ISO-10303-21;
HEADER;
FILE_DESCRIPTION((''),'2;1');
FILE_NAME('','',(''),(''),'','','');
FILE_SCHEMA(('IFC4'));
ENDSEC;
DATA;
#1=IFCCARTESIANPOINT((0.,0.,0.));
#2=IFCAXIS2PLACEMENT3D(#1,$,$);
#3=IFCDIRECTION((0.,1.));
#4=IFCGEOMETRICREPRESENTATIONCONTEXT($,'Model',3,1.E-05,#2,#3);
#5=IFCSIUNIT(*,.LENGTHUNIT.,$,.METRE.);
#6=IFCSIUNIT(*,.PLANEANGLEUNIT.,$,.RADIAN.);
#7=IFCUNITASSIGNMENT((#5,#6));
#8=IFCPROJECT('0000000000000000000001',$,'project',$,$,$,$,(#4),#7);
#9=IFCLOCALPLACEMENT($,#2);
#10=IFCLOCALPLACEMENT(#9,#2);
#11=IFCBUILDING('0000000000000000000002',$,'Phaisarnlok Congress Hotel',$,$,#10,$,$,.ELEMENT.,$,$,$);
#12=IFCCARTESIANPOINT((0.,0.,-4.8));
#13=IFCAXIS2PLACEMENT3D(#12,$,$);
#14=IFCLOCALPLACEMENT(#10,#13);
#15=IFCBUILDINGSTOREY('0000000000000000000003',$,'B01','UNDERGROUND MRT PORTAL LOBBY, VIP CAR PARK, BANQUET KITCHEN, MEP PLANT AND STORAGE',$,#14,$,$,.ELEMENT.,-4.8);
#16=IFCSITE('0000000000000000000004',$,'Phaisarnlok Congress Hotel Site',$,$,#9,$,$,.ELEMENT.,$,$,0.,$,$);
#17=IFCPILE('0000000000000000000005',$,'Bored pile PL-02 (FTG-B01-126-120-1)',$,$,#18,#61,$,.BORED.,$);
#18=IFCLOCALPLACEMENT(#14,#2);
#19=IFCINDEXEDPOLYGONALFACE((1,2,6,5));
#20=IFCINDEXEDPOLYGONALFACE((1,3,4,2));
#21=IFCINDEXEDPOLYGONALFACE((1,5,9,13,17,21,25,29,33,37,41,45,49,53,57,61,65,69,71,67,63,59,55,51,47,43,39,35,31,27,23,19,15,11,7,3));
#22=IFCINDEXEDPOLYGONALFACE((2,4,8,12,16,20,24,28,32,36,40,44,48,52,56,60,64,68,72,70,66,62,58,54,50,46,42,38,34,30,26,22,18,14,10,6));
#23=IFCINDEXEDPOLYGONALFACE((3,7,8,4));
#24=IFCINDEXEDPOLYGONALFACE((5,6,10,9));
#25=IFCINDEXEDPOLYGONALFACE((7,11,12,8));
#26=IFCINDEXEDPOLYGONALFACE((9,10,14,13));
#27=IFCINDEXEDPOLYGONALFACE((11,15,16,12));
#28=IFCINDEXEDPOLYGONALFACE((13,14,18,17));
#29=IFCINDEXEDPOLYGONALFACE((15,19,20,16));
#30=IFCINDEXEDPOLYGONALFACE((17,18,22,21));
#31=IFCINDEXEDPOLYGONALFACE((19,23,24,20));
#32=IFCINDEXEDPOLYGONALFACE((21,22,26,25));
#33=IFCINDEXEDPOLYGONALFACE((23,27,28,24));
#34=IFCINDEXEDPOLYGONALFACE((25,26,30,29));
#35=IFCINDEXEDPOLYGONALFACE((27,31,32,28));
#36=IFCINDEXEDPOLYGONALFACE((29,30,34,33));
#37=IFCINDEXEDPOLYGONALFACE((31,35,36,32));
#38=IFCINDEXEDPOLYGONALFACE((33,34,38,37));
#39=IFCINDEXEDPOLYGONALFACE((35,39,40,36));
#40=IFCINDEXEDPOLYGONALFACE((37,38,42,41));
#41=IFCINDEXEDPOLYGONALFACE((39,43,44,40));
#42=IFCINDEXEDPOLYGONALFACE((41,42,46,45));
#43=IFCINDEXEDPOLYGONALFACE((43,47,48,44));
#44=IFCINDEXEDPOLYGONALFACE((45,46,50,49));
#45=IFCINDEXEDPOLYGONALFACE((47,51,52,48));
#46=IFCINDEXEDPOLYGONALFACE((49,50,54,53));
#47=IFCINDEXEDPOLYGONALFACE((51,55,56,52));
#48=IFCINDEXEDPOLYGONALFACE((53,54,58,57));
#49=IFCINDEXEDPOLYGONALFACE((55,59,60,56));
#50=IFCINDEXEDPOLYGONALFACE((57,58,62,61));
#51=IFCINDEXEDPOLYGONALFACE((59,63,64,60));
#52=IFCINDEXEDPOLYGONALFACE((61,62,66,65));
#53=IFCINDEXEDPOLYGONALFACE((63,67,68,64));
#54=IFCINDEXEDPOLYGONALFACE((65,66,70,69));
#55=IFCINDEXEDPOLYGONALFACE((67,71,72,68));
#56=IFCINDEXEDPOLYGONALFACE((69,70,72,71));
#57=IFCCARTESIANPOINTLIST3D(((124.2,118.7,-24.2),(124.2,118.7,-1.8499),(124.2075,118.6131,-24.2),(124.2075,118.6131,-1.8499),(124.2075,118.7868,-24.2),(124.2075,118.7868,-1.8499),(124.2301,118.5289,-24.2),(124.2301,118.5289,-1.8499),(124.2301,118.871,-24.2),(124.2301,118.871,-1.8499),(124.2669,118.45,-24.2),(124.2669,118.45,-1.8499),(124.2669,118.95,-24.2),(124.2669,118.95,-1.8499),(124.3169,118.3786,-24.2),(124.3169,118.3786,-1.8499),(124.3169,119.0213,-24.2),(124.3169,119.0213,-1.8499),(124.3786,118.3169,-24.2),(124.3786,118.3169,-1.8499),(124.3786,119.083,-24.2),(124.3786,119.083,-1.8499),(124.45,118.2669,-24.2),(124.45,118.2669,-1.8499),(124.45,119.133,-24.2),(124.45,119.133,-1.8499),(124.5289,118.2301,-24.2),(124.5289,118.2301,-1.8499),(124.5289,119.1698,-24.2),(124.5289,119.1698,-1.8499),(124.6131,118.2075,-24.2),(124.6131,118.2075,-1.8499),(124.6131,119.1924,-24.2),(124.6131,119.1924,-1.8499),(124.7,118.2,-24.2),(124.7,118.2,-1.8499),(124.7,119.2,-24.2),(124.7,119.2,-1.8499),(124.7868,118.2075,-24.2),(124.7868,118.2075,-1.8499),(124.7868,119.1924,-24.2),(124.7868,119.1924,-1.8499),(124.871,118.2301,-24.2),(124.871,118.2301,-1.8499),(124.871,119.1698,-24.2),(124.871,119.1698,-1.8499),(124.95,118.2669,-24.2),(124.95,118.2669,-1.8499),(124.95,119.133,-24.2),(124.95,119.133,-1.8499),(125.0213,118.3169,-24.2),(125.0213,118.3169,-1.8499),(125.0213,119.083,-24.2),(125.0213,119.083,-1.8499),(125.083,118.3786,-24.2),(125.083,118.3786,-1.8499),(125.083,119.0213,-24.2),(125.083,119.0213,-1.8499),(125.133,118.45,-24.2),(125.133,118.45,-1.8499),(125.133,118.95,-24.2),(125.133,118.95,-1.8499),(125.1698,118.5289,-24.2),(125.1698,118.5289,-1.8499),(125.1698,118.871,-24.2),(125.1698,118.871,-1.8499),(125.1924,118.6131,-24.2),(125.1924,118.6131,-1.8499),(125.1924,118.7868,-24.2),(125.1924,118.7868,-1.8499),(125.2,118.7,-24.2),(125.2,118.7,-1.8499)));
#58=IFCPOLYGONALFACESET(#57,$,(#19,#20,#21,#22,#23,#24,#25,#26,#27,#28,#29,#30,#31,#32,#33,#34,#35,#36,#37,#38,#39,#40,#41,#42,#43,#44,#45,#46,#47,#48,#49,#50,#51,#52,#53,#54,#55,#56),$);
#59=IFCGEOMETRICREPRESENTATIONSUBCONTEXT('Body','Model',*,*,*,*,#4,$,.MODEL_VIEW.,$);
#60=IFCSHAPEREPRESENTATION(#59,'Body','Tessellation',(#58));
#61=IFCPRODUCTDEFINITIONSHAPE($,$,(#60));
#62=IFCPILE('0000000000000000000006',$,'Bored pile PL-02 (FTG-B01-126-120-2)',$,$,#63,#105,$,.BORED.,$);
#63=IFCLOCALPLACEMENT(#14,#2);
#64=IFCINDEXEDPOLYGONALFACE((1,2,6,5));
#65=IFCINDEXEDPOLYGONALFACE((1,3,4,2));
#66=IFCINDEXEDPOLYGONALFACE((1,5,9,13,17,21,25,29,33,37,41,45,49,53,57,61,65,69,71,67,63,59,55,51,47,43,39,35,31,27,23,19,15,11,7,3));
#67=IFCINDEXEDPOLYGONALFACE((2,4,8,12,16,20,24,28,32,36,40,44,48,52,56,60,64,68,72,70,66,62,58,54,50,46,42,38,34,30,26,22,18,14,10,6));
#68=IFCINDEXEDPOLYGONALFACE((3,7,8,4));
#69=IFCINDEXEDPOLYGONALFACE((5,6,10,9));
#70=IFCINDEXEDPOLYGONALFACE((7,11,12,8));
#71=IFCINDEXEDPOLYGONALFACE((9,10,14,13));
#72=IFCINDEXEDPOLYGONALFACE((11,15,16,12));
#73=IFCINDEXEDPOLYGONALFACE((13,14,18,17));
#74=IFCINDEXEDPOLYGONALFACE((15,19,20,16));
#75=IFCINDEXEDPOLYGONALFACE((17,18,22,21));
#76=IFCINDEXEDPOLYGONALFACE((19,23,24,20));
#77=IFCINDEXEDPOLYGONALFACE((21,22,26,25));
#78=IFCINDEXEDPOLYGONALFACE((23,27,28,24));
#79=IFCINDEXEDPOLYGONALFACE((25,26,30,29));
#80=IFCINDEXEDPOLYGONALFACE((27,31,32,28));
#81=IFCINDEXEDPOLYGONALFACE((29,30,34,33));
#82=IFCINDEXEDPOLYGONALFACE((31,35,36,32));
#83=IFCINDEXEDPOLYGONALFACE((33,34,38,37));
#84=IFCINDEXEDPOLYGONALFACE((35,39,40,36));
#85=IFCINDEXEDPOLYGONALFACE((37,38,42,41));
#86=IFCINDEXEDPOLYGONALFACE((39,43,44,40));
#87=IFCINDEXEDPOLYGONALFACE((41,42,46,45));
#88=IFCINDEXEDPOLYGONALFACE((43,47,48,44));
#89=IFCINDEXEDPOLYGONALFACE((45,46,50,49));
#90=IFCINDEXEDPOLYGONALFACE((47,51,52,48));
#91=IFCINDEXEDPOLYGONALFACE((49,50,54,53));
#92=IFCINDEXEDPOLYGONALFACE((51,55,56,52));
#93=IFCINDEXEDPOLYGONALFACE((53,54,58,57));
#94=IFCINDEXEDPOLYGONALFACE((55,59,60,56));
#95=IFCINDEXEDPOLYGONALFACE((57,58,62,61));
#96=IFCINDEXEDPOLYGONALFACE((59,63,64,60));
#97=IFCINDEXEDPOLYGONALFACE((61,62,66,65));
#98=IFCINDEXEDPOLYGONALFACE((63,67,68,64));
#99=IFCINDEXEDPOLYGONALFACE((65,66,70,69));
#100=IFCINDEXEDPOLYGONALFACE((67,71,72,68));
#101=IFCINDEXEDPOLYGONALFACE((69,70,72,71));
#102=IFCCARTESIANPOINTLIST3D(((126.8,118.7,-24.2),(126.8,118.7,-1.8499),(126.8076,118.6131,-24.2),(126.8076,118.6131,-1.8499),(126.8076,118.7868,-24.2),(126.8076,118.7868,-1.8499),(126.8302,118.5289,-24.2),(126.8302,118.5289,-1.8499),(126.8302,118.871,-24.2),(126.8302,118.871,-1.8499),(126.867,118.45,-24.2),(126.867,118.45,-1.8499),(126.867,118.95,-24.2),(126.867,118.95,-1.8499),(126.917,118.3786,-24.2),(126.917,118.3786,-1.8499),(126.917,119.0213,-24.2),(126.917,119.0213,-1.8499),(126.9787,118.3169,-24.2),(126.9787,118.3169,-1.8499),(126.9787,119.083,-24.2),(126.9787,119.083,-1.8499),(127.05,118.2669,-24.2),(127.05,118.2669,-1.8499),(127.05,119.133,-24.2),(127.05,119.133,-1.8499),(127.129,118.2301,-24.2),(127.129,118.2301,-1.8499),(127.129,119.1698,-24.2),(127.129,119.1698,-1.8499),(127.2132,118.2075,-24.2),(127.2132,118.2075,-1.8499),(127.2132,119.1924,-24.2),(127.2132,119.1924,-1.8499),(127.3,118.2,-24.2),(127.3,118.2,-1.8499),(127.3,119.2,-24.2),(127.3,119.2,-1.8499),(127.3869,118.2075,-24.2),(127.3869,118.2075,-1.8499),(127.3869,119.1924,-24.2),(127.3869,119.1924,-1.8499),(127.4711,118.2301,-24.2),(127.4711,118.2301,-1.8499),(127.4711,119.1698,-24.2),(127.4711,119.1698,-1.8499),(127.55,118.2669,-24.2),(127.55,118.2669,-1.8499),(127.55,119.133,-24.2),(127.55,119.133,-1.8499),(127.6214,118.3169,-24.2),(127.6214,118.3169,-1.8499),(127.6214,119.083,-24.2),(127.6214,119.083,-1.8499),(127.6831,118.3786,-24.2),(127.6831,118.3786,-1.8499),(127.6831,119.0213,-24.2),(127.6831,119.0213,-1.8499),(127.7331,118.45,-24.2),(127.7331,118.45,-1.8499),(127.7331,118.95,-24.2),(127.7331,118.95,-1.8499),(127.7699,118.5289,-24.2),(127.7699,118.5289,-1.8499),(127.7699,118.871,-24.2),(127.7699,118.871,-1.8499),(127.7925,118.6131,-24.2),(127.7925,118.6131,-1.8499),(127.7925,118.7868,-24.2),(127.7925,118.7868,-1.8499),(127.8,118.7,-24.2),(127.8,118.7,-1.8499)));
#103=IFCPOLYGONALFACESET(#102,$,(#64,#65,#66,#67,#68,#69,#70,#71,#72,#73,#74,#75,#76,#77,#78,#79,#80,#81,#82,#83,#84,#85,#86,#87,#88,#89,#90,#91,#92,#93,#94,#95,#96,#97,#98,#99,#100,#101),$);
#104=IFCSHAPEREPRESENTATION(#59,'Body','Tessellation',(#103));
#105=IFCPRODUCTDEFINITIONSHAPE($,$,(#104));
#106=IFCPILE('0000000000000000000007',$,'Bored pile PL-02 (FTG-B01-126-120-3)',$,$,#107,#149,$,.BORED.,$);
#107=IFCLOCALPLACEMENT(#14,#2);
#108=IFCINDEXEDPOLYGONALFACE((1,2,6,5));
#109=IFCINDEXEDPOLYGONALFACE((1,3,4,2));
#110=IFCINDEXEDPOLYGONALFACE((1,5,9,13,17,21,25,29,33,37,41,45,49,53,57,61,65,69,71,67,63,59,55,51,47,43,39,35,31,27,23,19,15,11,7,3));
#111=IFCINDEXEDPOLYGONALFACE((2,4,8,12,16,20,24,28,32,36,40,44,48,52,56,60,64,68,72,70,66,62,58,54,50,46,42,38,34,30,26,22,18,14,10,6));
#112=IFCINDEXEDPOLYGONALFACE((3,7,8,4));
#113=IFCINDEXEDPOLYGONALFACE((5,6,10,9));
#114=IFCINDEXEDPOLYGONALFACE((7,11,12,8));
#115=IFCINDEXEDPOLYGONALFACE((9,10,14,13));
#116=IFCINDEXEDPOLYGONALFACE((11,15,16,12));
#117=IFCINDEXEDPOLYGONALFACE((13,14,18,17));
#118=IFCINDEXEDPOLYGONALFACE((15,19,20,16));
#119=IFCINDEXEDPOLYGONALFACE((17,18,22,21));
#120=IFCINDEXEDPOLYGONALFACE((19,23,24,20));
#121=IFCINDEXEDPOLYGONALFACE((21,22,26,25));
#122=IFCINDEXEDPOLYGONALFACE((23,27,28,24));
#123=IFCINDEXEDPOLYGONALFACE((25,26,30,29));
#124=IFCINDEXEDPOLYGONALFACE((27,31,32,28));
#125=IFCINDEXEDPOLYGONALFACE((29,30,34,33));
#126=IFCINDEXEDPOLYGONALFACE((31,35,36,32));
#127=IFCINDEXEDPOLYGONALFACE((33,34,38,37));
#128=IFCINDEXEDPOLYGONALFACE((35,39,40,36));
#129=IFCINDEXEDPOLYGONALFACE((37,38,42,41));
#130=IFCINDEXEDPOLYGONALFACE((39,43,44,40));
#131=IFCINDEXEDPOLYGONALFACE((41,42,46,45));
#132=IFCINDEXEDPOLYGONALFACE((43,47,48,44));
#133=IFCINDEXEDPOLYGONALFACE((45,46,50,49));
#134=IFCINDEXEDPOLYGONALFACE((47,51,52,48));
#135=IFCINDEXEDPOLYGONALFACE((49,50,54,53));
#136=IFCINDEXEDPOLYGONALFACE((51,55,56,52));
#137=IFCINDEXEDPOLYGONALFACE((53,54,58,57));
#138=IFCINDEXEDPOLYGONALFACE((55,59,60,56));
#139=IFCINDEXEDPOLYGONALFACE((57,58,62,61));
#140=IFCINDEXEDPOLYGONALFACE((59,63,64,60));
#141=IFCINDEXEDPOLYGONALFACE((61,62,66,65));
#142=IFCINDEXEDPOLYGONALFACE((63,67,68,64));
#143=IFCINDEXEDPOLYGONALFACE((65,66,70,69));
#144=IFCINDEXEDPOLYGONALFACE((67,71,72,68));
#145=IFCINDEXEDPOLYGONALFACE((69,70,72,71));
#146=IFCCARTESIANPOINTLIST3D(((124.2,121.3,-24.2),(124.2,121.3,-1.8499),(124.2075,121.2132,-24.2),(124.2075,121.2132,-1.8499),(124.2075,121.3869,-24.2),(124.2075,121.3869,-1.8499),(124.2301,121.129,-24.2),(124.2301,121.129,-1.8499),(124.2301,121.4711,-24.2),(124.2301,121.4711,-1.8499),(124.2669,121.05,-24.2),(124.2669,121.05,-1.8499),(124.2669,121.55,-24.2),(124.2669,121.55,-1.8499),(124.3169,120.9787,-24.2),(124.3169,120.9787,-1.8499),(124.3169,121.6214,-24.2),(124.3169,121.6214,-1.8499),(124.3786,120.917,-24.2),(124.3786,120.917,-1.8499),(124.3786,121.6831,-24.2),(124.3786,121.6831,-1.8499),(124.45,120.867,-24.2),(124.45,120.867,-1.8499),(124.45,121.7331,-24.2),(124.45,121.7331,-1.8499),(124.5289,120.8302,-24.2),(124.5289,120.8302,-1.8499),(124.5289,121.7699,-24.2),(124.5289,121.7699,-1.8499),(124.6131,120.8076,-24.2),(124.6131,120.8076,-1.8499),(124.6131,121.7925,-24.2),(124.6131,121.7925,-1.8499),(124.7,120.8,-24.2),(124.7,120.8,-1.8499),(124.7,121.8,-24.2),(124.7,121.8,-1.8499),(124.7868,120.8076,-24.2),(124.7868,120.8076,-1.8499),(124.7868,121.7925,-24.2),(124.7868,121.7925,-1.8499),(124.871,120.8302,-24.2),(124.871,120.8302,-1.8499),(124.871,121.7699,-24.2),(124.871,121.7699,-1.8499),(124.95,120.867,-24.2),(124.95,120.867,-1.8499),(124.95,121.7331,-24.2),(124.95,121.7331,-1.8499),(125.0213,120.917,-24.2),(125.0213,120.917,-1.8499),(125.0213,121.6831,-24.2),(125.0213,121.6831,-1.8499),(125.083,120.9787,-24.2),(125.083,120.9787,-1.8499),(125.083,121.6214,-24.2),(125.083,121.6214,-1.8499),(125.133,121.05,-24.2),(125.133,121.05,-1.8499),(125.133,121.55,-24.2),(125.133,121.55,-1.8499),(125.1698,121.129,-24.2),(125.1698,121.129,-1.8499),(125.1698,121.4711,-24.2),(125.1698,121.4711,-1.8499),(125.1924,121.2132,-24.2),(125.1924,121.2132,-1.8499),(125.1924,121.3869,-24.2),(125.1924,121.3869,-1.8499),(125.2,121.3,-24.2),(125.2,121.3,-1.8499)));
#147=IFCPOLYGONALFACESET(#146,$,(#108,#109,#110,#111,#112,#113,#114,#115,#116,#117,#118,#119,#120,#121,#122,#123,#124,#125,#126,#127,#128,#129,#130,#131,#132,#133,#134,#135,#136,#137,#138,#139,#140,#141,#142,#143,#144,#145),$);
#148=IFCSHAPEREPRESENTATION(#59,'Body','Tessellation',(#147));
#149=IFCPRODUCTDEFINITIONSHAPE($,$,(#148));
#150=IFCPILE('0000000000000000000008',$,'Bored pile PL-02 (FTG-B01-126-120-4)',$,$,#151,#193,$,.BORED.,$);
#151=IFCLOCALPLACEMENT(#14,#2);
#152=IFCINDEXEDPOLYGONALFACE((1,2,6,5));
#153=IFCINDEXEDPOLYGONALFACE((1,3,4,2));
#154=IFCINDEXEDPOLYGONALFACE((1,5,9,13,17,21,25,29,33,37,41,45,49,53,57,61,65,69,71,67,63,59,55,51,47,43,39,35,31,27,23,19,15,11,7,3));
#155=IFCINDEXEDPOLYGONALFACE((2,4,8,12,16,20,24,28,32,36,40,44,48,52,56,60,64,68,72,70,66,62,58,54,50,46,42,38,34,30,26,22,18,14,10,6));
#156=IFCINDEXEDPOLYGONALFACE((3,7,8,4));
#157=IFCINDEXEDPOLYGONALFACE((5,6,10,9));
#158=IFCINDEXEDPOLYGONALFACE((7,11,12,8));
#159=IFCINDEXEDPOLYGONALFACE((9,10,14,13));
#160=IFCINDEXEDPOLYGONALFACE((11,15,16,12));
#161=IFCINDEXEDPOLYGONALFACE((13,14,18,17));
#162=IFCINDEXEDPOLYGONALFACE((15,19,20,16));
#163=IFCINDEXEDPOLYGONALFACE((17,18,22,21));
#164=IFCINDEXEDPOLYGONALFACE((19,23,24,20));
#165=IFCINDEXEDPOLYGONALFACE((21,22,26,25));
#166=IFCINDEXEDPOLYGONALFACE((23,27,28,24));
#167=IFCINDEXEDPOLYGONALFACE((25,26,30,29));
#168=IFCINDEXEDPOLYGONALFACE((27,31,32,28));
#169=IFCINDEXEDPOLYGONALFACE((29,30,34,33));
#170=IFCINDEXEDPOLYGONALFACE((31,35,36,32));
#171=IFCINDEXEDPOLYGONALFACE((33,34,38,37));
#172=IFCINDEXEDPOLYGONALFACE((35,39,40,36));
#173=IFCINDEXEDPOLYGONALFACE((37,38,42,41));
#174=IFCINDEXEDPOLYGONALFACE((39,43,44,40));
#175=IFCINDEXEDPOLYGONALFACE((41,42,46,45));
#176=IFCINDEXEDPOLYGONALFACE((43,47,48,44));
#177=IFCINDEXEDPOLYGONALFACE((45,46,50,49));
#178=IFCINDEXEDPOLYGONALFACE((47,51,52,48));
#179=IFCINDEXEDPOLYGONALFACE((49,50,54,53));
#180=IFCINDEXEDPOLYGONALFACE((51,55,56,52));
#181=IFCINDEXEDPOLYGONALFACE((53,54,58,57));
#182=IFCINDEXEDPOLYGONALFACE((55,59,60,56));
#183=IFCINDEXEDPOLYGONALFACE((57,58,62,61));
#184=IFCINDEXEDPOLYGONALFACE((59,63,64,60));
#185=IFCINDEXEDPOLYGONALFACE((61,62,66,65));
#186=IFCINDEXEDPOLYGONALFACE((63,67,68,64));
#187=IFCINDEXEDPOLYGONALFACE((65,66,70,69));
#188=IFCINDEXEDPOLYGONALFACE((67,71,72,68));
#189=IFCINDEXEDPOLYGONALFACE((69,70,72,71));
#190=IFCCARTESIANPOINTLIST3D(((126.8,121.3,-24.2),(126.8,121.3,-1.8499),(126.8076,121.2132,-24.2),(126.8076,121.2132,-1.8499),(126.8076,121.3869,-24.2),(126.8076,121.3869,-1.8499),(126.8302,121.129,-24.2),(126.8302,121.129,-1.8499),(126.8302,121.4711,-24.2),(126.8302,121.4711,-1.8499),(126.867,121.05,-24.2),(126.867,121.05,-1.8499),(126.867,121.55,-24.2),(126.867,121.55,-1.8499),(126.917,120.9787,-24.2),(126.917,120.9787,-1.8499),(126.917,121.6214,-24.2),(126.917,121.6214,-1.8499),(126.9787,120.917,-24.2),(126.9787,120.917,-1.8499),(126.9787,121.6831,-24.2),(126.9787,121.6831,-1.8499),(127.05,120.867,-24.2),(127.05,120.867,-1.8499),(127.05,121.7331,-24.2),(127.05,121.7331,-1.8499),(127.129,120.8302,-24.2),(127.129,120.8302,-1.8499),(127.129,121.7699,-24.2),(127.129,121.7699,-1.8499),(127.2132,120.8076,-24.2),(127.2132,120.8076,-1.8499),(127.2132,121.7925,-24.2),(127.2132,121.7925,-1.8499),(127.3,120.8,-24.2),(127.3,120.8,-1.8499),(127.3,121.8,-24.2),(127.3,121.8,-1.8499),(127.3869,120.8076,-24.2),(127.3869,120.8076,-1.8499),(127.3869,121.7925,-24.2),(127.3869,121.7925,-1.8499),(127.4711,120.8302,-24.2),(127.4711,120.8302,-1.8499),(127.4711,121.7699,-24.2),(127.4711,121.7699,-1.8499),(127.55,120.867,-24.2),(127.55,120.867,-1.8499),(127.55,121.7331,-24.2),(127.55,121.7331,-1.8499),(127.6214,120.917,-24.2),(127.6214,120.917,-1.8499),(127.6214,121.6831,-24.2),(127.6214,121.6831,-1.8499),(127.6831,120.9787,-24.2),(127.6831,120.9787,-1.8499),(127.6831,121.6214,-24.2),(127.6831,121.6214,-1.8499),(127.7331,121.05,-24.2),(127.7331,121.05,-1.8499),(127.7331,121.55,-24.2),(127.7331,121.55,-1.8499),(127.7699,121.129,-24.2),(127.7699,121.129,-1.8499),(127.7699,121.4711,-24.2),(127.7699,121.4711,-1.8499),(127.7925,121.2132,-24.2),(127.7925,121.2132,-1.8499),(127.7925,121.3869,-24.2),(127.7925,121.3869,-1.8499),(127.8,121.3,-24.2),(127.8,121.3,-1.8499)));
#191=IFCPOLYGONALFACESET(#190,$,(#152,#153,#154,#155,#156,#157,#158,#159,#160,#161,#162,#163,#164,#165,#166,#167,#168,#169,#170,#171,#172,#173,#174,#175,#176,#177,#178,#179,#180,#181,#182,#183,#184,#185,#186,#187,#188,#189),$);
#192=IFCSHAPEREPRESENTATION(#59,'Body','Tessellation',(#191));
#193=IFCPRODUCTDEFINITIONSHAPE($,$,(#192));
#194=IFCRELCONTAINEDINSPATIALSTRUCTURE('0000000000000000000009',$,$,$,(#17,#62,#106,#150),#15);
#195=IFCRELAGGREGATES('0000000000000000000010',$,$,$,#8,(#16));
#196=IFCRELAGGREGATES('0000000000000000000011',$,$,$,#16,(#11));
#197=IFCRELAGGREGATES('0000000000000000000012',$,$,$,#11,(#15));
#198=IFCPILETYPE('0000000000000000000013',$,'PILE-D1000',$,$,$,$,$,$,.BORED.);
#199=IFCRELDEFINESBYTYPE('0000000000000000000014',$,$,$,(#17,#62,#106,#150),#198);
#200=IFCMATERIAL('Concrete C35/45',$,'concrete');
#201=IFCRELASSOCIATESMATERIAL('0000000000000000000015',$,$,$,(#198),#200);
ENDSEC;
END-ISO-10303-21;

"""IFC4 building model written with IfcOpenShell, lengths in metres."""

from ifc_helpers import new_model, si_unit, direction, frame, origin, origin_2d, place, context, subcontext, project, spatial, circle, extrude, material, material_profile, profile_set, type_object, element, save


model = new_model("IFC4")

# Units and contexts
model_context = context("Model", 3, precision=1e-05, world=origin(), true_north=direction((0.0, 1.0)))
body_context = subcontext(model_context, "Body", "Model", "MODEL_VIEW")
ifc_project = project(units=[si_unit("LENGTHUNIT", "METRE"), si_unit("PLANEANGLEUNIT", "RADIAN")], contexts=[model_context])

# Site, building, storey
site_placement = place(None, origin())
site = spatial("IfcSite", under=ifc_project, at=site_placement, Name="Phaisarnlok Congress Hotel Site", CompositionType="ELEMENT", RefElevation=0.0)
building_placement = place(site_placement, origin())
building = spatial("IfcBuilding", under=site, at=building_placement, Name="Phaisarnlok Congress Hotel", CompositionType="ELEMENT")
storey_placement = place(building_placement, frame((0.0, 0.0, -4.8)))
storey = spatial("IfcBuildingStorey", under=building, at=storey_placement, Name="B01", Description="UNDERGROUND MRT PORTAL LOBBY, VIP CAR PARK, BANQUET KITCHEN, MEP PLANT AND STORAGE", CompositionType="ELEMENT", Elevation=-4.8)

# Piles
ifc_material_1 = material(Name="Concrete C35/45", Category="concrete")
ifc_material_profile_1 = material_profile(ifc_material_1, circle(Radius=0.5, at=origin_2d()), Name="BORED PILE D1000")
ifc_profile_set_1 = profile_set([ifc_material_profile_1], Name="Concrete C35/45")
pile_type_1 = type_object("IfcPileType", Name="PILE-D1000", PredefinedType="BORED", material=ifc_profile_set_1)
for number, where, z_axis, x_axis, name in (
    (1, (124.7, 118.7, -1.8499), (0.0, 0.0, -1.0), (1.0, 0.0, 0.0), "Bored pile PL-02 (FTG-B01-126-120-1)"),
    (2, (127.3, 118.7, -1.8499), (0.0, 0.0, -1.0), (1.0, 0.0, 0.0), "Bored pile PL-02 (FTG-B01-126-120-2)"),
    (3, (124.7, 121.3, -1.8499), (0.0, 0.0, -1.0), (1.0, 0.0, 0.0), "Bored pile PL-02 (FTG-B01-126-120-3)"),
    (4, (127.3, 121.3, -1.8499), (0.0, 0.0, -1.0), (1.0, 0.0, 0.0), "Bored pile PL-02 (FTG-B01-126-120-4)"),
):
    element("IfcPile", number, at=place(storey_placement, frame(where, z_axis=z_axis, x_axis=x_axis)), inside=storey, type_object=pile_type_1, Name=name, PredefinedType="BORED", context=body_context, shape_type="SweptSolid", body=[
        extrude(circle(Radius=0.5, at=origin_2d()), origin(), (0.0, 0.0, 1.0), 22.3501),
    ])

save(model, "model.ifc")
